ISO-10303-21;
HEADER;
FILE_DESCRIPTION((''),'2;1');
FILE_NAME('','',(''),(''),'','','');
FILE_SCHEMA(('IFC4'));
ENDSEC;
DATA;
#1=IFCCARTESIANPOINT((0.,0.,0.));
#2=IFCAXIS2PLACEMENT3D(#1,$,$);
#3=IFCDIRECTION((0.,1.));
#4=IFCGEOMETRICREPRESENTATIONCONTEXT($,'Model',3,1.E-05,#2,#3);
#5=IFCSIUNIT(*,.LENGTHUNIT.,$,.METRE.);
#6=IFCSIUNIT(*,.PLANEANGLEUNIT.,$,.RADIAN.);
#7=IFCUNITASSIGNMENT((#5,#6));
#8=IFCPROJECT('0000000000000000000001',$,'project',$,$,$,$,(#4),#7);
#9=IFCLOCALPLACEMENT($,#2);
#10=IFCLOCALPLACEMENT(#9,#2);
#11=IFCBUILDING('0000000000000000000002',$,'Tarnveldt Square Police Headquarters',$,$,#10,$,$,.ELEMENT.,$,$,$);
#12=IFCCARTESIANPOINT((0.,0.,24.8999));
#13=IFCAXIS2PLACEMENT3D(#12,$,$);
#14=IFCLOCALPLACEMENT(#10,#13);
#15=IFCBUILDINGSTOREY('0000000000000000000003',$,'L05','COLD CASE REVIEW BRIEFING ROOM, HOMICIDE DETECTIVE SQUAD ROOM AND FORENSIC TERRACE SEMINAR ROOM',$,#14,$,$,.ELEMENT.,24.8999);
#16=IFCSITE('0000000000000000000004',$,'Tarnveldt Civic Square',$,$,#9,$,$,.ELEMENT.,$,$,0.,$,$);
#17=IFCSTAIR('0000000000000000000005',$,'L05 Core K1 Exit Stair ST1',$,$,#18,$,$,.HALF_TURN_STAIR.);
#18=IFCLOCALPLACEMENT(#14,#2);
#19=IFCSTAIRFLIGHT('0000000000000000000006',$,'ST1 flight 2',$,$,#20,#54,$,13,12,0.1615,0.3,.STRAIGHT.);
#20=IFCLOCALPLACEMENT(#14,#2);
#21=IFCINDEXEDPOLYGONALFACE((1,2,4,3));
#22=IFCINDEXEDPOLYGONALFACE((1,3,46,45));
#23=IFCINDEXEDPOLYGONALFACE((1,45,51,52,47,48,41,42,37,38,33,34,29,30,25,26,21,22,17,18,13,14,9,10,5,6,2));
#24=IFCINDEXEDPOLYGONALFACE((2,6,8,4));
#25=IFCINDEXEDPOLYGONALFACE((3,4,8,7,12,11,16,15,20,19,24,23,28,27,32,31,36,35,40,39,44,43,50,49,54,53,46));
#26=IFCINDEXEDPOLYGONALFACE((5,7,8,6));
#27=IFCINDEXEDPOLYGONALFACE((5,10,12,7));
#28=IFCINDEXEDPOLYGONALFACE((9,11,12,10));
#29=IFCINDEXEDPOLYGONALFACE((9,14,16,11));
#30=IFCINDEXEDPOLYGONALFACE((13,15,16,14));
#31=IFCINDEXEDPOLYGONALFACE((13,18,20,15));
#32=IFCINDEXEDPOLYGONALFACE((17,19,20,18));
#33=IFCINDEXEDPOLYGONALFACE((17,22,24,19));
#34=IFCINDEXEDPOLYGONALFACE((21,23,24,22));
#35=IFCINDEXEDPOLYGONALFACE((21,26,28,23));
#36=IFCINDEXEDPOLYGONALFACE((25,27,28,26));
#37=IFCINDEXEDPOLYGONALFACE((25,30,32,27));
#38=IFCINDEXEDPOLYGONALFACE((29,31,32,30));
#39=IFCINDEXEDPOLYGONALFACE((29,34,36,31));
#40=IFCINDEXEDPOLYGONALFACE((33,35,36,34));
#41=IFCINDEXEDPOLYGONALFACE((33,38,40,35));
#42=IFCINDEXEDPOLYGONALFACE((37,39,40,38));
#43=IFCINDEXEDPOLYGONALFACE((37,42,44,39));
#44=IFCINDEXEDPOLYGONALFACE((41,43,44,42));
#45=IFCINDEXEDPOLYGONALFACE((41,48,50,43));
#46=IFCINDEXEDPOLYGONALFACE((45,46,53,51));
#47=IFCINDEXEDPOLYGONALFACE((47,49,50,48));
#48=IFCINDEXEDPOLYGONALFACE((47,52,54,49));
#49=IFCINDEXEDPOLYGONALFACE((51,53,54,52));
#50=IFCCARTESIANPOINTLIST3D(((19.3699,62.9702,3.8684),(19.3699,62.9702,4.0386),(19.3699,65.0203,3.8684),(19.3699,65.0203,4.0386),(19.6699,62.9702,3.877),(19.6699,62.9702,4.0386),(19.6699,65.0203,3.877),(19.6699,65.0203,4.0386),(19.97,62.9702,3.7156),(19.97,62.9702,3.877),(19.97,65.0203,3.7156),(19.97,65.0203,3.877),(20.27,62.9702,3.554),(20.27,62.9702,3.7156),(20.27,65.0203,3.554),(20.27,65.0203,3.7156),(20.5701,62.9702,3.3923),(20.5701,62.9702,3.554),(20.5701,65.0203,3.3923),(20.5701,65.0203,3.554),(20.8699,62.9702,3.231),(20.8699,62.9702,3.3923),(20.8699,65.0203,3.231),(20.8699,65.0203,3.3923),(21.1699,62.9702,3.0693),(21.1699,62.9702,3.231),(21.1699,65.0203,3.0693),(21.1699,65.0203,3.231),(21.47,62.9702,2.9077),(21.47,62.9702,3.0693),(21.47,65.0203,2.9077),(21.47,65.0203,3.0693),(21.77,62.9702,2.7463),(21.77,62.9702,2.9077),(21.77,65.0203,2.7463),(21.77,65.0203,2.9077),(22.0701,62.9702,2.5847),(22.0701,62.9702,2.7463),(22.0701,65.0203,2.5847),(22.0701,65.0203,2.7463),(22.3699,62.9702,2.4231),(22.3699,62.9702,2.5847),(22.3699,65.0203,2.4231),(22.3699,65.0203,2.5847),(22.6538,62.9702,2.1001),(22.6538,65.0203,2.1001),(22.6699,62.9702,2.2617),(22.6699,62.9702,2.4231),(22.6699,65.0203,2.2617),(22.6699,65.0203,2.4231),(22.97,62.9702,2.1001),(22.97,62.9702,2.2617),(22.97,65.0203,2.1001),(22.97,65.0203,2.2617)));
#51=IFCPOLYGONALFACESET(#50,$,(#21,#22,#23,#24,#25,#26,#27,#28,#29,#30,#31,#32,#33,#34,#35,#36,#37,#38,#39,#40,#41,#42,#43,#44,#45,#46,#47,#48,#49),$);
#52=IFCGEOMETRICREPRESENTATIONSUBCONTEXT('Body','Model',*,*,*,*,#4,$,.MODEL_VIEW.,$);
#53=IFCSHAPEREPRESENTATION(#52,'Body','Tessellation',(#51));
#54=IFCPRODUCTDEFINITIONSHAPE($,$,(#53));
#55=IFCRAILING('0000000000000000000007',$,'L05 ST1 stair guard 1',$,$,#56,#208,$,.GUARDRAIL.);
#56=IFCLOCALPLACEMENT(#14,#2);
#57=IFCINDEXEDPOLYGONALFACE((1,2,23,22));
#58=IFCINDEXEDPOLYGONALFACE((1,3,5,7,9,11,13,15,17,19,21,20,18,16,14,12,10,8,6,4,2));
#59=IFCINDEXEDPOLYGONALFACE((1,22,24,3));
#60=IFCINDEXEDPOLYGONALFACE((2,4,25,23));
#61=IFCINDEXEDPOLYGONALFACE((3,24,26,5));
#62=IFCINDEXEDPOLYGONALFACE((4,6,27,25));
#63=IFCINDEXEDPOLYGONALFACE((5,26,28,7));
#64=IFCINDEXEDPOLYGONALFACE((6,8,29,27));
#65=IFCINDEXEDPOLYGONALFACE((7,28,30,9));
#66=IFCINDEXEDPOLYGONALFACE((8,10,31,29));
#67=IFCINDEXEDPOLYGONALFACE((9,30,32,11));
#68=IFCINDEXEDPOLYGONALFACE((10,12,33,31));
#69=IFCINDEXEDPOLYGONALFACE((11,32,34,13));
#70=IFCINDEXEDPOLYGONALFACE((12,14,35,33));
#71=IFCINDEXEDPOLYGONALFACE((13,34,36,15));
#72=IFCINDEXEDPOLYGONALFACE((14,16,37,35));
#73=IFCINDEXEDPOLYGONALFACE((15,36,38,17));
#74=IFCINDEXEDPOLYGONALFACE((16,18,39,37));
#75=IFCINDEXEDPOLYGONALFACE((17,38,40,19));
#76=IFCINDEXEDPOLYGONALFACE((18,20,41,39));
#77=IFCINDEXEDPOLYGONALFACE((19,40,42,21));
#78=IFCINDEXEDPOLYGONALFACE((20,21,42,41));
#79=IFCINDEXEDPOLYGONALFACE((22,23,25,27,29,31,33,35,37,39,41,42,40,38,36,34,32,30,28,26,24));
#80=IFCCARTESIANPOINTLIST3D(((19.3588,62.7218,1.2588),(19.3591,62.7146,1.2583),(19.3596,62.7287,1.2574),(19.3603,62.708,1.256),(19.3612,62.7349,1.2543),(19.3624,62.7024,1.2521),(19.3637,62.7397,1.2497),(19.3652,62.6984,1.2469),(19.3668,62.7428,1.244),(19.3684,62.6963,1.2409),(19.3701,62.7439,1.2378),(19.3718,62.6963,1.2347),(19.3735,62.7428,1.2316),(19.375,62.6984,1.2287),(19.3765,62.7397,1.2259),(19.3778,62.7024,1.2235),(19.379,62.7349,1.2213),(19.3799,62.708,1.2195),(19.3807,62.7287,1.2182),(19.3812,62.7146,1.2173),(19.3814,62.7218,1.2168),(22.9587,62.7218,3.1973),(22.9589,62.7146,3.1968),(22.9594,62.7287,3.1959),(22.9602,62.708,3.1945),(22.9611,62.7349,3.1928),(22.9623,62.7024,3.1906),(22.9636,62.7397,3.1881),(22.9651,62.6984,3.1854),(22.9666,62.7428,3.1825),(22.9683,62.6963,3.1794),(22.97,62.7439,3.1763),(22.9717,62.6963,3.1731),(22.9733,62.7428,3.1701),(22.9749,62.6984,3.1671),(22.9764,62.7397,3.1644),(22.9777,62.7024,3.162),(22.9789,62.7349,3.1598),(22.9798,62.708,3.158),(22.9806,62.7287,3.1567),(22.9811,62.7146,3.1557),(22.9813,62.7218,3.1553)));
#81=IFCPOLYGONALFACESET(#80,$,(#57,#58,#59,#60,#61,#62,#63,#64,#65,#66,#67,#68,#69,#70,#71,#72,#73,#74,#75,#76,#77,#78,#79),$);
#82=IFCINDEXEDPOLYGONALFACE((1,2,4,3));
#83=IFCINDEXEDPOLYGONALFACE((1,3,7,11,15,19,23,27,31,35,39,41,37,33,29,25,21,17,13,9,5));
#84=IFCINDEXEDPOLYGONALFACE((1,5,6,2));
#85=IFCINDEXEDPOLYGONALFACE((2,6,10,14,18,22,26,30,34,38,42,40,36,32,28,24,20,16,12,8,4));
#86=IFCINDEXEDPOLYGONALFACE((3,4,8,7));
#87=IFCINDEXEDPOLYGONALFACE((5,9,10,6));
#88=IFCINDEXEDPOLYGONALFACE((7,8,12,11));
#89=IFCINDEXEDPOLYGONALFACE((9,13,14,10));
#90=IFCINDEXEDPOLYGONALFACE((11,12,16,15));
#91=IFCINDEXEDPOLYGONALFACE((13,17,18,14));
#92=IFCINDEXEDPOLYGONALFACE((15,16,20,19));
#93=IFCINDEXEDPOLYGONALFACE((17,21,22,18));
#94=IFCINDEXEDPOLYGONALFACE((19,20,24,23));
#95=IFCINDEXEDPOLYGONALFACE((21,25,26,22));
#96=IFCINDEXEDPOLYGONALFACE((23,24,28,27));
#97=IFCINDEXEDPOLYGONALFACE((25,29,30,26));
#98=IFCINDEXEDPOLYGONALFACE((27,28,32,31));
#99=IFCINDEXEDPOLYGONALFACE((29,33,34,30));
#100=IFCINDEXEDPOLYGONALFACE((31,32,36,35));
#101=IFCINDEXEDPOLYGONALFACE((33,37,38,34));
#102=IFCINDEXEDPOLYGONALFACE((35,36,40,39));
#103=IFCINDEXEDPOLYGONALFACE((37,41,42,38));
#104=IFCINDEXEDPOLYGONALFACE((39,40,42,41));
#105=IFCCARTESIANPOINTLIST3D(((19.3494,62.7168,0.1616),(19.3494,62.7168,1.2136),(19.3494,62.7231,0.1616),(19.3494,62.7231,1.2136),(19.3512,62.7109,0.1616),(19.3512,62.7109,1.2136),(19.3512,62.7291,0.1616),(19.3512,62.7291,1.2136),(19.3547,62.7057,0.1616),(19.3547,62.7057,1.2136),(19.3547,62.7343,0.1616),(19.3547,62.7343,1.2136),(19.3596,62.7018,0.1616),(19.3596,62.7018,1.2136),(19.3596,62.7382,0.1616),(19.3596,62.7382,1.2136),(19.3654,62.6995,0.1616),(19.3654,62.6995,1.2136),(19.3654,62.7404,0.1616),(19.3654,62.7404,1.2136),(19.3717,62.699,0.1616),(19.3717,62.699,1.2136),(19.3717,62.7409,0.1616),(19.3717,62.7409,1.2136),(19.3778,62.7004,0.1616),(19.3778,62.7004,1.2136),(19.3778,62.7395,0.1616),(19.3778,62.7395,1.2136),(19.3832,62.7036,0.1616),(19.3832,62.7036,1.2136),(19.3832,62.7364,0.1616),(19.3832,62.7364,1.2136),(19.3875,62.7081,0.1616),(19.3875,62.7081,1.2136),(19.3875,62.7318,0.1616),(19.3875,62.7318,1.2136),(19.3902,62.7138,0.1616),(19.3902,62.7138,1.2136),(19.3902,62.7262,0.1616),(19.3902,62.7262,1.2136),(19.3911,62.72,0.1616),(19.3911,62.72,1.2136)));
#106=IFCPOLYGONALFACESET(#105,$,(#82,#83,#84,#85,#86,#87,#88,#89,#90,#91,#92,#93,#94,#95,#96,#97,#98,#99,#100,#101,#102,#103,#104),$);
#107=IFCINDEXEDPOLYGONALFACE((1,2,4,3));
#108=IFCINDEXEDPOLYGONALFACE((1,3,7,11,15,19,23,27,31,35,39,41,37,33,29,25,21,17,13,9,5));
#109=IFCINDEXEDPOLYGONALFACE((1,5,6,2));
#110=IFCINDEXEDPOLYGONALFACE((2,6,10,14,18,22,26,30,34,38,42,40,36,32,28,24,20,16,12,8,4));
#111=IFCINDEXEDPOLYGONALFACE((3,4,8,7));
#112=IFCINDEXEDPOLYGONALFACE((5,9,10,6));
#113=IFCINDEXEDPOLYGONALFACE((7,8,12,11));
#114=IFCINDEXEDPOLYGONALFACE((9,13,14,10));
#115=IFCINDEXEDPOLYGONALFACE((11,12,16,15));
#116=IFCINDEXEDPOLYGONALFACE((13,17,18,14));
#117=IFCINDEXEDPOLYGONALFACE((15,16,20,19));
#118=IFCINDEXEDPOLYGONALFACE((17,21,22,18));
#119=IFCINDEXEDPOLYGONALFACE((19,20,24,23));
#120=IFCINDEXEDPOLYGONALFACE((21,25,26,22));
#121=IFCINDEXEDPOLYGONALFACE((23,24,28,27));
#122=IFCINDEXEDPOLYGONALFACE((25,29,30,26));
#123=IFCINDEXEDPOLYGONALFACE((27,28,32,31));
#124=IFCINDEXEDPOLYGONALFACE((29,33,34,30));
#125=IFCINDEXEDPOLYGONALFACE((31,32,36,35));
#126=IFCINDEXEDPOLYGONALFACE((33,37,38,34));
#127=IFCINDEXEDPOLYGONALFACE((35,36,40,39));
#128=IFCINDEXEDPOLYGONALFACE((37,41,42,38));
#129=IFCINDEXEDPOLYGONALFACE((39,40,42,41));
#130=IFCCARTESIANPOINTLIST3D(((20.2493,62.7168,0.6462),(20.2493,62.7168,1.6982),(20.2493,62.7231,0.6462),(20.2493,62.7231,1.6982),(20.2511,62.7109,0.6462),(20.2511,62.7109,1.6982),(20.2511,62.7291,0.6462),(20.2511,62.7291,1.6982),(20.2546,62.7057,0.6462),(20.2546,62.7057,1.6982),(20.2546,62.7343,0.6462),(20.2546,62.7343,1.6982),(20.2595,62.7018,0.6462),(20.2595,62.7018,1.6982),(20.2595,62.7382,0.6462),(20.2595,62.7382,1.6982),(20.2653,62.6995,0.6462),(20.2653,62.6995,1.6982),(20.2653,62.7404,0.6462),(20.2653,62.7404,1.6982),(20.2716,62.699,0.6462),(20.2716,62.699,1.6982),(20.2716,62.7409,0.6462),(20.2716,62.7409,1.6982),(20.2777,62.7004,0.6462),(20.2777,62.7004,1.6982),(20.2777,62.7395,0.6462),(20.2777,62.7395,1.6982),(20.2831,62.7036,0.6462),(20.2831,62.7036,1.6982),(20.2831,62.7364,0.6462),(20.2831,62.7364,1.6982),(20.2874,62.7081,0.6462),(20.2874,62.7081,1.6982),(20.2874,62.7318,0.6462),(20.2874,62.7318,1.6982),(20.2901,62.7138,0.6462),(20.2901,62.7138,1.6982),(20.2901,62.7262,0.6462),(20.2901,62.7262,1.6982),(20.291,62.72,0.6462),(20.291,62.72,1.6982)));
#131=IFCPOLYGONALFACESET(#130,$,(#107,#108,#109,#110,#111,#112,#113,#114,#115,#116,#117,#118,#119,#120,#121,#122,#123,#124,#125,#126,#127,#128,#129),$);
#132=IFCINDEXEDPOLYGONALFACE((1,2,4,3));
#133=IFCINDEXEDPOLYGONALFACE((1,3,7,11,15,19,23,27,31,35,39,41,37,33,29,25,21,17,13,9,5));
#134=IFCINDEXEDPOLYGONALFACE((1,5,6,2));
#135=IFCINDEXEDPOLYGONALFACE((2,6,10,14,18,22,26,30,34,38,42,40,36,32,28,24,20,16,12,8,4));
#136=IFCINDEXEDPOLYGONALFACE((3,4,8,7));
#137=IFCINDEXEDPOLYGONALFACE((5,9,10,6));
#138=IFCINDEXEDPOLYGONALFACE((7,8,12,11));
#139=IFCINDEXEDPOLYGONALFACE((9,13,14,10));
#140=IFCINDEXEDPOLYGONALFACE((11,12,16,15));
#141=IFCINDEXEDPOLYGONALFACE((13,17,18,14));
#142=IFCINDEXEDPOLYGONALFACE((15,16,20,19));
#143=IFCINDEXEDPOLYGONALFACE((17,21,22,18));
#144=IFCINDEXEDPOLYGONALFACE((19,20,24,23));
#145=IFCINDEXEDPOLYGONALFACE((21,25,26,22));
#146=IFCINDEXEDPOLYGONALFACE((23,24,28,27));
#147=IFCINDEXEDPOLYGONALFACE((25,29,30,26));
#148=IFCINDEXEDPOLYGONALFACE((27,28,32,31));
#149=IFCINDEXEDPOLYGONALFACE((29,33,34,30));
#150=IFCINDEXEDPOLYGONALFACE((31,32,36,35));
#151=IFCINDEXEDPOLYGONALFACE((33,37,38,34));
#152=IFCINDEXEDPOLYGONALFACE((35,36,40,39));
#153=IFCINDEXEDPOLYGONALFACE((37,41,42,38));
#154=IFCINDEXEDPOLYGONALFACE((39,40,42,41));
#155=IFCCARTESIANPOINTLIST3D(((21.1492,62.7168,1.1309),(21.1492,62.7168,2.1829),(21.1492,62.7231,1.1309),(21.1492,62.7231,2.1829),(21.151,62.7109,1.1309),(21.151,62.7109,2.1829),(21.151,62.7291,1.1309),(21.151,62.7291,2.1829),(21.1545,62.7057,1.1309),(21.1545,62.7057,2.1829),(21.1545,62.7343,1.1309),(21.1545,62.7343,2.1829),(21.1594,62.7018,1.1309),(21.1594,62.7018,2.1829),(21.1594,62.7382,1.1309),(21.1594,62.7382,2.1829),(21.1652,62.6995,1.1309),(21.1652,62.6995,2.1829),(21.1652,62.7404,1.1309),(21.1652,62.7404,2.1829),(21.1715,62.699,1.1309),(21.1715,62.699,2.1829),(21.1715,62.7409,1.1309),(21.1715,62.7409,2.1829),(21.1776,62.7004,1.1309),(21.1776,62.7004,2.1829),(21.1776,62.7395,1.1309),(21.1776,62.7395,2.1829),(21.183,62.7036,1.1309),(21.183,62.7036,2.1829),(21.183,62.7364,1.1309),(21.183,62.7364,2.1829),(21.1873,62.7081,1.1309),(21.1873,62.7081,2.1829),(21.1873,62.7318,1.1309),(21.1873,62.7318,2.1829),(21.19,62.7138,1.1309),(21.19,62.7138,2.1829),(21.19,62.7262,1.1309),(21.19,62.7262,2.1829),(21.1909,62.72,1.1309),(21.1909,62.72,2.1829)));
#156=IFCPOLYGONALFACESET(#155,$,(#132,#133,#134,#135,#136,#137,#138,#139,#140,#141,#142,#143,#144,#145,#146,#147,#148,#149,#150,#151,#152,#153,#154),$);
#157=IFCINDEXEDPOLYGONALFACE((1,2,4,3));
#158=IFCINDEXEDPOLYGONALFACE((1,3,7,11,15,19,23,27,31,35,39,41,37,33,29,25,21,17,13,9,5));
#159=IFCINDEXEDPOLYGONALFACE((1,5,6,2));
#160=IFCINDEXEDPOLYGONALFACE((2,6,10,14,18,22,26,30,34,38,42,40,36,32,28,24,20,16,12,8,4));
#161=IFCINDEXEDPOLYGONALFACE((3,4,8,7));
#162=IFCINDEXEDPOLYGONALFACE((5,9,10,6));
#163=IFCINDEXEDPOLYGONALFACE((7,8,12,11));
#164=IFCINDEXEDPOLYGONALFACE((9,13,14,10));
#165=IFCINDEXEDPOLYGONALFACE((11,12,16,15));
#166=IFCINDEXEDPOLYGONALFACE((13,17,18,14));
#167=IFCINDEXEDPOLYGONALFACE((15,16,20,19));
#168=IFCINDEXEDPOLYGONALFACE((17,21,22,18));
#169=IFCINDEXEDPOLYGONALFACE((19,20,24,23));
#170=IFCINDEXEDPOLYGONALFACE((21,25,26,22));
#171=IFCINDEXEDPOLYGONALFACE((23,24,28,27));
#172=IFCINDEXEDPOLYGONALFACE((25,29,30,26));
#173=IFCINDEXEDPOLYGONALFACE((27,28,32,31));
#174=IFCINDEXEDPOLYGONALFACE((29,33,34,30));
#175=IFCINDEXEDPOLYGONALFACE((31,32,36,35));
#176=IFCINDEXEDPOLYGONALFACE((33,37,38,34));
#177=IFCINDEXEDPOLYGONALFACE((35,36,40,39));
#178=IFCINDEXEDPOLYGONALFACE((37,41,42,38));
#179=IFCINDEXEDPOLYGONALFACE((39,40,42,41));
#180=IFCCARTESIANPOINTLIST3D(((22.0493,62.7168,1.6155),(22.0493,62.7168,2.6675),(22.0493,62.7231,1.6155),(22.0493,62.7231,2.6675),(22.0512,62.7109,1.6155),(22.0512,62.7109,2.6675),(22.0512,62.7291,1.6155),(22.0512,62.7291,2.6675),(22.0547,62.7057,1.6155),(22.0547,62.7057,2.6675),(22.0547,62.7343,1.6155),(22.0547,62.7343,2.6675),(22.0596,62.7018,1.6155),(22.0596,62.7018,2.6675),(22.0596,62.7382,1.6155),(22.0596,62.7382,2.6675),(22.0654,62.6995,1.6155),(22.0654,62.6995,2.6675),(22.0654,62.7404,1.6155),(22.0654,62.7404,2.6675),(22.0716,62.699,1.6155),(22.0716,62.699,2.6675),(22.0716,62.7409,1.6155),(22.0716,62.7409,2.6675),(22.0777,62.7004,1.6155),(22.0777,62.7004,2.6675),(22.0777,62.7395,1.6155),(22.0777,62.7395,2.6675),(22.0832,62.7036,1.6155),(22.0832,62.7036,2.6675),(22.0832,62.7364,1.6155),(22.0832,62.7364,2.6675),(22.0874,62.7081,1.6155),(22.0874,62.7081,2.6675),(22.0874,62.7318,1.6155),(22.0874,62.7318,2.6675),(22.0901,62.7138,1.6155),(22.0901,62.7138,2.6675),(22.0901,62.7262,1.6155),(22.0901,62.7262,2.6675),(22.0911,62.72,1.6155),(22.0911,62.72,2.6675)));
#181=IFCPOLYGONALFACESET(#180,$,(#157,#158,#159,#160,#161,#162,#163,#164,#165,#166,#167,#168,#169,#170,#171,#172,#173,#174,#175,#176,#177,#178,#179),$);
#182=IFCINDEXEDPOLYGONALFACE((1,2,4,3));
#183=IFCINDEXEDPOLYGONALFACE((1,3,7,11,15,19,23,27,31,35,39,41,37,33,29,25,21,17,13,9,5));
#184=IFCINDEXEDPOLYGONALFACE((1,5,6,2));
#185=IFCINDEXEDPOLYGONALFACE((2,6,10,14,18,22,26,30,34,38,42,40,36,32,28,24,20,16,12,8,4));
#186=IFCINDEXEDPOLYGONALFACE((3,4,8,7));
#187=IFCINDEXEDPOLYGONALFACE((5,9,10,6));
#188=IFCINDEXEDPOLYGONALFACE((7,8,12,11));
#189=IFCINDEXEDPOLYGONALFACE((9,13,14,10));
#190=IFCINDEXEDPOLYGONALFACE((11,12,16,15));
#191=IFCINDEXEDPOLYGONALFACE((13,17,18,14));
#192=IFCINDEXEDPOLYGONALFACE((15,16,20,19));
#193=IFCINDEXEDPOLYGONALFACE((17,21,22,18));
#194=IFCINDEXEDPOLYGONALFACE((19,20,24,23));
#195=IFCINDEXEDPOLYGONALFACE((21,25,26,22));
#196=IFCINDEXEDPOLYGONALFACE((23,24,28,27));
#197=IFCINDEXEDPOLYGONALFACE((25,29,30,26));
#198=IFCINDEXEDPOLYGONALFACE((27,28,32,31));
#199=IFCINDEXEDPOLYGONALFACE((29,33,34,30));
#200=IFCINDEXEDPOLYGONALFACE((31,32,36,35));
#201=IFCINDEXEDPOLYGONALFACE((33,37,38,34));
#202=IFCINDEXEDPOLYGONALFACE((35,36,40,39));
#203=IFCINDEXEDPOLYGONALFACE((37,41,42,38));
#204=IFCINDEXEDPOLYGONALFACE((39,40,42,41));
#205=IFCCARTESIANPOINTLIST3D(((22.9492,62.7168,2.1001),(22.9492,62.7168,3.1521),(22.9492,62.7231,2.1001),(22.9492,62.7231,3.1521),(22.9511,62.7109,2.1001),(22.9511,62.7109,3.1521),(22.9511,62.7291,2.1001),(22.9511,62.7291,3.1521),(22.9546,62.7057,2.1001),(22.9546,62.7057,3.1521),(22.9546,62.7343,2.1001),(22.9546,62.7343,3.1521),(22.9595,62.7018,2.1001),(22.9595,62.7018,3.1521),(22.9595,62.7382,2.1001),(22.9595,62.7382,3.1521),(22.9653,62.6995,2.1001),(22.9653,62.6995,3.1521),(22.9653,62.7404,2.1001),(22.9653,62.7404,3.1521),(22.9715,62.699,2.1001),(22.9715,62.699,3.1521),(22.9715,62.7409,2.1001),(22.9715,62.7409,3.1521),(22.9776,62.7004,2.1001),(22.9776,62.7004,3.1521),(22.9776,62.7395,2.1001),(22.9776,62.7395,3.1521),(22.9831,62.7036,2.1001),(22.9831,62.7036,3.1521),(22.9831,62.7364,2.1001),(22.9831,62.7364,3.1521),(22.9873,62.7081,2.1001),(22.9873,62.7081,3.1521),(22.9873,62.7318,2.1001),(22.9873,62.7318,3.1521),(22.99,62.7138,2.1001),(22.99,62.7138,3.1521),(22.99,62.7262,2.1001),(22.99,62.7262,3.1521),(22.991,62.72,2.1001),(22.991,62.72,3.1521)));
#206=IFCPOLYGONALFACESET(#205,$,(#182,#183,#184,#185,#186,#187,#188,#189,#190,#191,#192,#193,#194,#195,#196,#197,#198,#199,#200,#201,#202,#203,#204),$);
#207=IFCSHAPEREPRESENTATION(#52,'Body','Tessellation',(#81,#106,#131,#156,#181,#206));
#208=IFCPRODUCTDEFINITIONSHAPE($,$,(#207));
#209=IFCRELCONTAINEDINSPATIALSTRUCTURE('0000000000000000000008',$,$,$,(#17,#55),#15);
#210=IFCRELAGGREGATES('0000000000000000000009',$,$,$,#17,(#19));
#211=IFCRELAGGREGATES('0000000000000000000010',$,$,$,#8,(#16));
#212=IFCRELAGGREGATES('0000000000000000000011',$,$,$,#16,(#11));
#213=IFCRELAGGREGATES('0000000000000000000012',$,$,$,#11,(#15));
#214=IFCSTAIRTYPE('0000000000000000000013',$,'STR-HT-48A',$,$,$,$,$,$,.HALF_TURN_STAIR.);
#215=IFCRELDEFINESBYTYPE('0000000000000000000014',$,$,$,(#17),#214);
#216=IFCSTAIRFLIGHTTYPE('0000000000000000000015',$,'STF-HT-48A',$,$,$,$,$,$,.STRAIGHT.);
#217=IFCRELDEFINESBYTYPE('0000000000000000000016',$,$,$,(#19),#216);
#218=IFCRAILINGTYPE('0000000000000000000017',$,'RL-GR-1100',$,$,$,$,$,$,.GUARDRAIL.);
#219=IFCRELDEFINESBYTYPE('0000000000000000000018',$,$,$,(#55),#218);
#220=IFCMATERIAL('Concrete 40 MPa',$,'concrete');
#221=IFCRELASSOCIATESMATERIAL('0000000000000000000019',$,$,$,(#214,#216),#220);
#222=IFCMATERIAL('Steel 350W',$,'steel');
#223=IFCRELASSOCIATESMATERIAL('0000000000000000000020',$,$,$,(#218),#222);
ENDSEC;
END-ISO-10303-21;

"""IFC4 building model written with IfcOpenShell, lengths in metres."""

from ifc_helpers import new_model, si_unit, direction, frame, origin, origin_2d, place, context, subcontext, project, spatial, polyline, circle, outline, extrude, material, type_object, element, aggregate, save


model = new_model("IFC4")

# Units and contexts
model_context = context("Model", 3, precision=1e-05, world=origin(), true_north=direction((0.0, 1.0)))
body_context = subcontext(model_context, "Body", "Model", "MODEL_VIEW")
ifc_project = project(units=[si_unit("LENGTHUNIT", "METRE"), si_unit("PLANEANGLEUNIT", "RADIAN")], contexts=[model_context])

# Site, building, storey
site_placement = place(None, origin())
site = spatial("IfcSite", under=ifc_project, at=site_placement, Name="Tarnveldt Civic Square", CompositionType="ELEMENT", RefElevation=0.0)
building_placement = place(site_placement, origin())
building = spatial("IfcBuilding", under=site, at=building_placement, Name="Tarnveldt Square Police Headquarters", CompositionType="ELEMENT")
storey_placement = place(building_placement, frame((0.0, 0.0, 24.8999)))
storey = spatial("IfcBuildingStorey", under=building, at=storey_placement, Name="L05", Description="COLD CASE REVIEW BRIEFING ROOM, HOMICIDE DETECTIVE SQUAD ROOM AND FORENSIC TERRACE SEMINAR ROOM", CompositionType="ELEMENT", Elevation=24.8999)

# Shared definitions
ifc_material_1 = material(Name="Steel 350W", Category="steel")

# Shared definitions
ifc_material_2 = material(Name="Concrete 40 MPa", Category="concrete")

# Stair, stair flight
stair_type = type_object("IfcStairType", Name="STR-HT-48A", PredefinedType="HALF_TURN_STAIR", material=ifc_material_2)
stair_placement = place(storey_placement, origin())
stair = element("IfcStair", 1, at=stair_placement, inside=storey, type_object=stair_type, Name="L05 Core K1 Exit Stair ST1", PredefinedType="HALF_TURN_STAIR")
stair_flight_type = type_object("IfcStairFlightType", Name="STF-HT-48A", PredefinedType="STRAIGHT", material=ifc_material_2)
stair_flight_1_placement = place(storey_placement, frame((22.97, 63.9951, 2.1001), z_axis=(0.0, 0.0, 1.0), x_axis=(-1.0, 0.0, 0.0)))
stair_flight_1 = element("IfcStairFlight", 2, at=stair_flight_1_placement, type_object=stair_flight_type, Name="ST1 flight 2", NumberOfRisers=13, NumberOfTreads=12, PredefinedType="STRAIGHT", RiserHeight=0.1615, TreadLength=0.3, context=body_context, shape_type="SweptSolid", body=[
    extrude(outline(polyline([(0.0, 0.0), (0.0, 0.1616), (0.3, 0.1616), (0.3, 0.323), (0.6001, 0.323), (0.6001, 0.4846), (0.8999, 0.4846), (0.8999, 0.6462), (1.2, 0.6462), (1.2, 0.8076), (1.5, 0.8076), (1.5, 0.9692), (1.8, 0.9692), (1.8, 1.1309), (2.1001, 1.1309), (2.1001, 1.2922), (2.3999, 1.2922), (2.3999, 1.4539), (2.7, 1.4539), (2.7, 1.6155), (3.0, 1.6155), (3.0, 1.7769), (3.3, 1.7769), (3.3, 1.9385), (3.6001, 1.9385), (3.6001, 2.1001), (3.6001, 1.7683), (0.3162, 0.0), (0.0, 0.0)])), frame((0.0, 1.0249, 0.0), z_axis=(0.0, -1.0, 0.0), x_axis=(1.0, 0.0, 0.0)), (0.0, 0.0, 1.0), 2.05),
])
aggregate(stair, [stair_flight_1])

# Railing
railing_type_1 = type_object("IfcRailingType", Name="RL-GR-1100", PredefinedType="GUARDRAIL", material=ifc_material_1)
railing_1_placement = place(storey_placement, frame((19.3701, 62.72, 0.1616)))
element("IfcRailing", 3, at=railing_1_placement, inside=storey, type_object=railing_type_1, Name="L05 ST1 stair guard 1", PredefinedType="GUARDRAIL", context=body_context, shape_type="SweptSolid", body=[
    extrude(circle(Radius=0.0239, at=origin_2d()), frame((0.0, 0.0, 1.0762), z_axis=(0.880462, 0.0, 0.474118), x_axis=(0.0, 1.0, 0.0)), (0.0, 0.0, 1.0), 4.0886),
    extrude(circle(Radius=0.021, at=origin_2d()), origin(), (0.0, 0.0, 1.0), 1.052),
    extrude(circle(Radius=0.021, at=origin_2d()), frame((0.8999, 0.0, 0.4846)), (0.0, 0.0, 1.0), 1.052),
    extrude(circle(Radius=0.021, at=origin_2d()), frame((1.7998, 0.0, 0.9692)), (0.0, 0.0, 1.0), 1.052),
    extrude(circle(Radius=0.021, at=origin_2d()), frame((2.7, 0.0, 1.4539)), (0.0, 0.0, 1.0), 1.052),
    extrude(circle(Radius=0.021, at=origin_2d()), frame((3.5999, 0.0, 1.9385)), (0.0, 0.0, 1.0), 1.052),
])

save(model, "model.ifc")
